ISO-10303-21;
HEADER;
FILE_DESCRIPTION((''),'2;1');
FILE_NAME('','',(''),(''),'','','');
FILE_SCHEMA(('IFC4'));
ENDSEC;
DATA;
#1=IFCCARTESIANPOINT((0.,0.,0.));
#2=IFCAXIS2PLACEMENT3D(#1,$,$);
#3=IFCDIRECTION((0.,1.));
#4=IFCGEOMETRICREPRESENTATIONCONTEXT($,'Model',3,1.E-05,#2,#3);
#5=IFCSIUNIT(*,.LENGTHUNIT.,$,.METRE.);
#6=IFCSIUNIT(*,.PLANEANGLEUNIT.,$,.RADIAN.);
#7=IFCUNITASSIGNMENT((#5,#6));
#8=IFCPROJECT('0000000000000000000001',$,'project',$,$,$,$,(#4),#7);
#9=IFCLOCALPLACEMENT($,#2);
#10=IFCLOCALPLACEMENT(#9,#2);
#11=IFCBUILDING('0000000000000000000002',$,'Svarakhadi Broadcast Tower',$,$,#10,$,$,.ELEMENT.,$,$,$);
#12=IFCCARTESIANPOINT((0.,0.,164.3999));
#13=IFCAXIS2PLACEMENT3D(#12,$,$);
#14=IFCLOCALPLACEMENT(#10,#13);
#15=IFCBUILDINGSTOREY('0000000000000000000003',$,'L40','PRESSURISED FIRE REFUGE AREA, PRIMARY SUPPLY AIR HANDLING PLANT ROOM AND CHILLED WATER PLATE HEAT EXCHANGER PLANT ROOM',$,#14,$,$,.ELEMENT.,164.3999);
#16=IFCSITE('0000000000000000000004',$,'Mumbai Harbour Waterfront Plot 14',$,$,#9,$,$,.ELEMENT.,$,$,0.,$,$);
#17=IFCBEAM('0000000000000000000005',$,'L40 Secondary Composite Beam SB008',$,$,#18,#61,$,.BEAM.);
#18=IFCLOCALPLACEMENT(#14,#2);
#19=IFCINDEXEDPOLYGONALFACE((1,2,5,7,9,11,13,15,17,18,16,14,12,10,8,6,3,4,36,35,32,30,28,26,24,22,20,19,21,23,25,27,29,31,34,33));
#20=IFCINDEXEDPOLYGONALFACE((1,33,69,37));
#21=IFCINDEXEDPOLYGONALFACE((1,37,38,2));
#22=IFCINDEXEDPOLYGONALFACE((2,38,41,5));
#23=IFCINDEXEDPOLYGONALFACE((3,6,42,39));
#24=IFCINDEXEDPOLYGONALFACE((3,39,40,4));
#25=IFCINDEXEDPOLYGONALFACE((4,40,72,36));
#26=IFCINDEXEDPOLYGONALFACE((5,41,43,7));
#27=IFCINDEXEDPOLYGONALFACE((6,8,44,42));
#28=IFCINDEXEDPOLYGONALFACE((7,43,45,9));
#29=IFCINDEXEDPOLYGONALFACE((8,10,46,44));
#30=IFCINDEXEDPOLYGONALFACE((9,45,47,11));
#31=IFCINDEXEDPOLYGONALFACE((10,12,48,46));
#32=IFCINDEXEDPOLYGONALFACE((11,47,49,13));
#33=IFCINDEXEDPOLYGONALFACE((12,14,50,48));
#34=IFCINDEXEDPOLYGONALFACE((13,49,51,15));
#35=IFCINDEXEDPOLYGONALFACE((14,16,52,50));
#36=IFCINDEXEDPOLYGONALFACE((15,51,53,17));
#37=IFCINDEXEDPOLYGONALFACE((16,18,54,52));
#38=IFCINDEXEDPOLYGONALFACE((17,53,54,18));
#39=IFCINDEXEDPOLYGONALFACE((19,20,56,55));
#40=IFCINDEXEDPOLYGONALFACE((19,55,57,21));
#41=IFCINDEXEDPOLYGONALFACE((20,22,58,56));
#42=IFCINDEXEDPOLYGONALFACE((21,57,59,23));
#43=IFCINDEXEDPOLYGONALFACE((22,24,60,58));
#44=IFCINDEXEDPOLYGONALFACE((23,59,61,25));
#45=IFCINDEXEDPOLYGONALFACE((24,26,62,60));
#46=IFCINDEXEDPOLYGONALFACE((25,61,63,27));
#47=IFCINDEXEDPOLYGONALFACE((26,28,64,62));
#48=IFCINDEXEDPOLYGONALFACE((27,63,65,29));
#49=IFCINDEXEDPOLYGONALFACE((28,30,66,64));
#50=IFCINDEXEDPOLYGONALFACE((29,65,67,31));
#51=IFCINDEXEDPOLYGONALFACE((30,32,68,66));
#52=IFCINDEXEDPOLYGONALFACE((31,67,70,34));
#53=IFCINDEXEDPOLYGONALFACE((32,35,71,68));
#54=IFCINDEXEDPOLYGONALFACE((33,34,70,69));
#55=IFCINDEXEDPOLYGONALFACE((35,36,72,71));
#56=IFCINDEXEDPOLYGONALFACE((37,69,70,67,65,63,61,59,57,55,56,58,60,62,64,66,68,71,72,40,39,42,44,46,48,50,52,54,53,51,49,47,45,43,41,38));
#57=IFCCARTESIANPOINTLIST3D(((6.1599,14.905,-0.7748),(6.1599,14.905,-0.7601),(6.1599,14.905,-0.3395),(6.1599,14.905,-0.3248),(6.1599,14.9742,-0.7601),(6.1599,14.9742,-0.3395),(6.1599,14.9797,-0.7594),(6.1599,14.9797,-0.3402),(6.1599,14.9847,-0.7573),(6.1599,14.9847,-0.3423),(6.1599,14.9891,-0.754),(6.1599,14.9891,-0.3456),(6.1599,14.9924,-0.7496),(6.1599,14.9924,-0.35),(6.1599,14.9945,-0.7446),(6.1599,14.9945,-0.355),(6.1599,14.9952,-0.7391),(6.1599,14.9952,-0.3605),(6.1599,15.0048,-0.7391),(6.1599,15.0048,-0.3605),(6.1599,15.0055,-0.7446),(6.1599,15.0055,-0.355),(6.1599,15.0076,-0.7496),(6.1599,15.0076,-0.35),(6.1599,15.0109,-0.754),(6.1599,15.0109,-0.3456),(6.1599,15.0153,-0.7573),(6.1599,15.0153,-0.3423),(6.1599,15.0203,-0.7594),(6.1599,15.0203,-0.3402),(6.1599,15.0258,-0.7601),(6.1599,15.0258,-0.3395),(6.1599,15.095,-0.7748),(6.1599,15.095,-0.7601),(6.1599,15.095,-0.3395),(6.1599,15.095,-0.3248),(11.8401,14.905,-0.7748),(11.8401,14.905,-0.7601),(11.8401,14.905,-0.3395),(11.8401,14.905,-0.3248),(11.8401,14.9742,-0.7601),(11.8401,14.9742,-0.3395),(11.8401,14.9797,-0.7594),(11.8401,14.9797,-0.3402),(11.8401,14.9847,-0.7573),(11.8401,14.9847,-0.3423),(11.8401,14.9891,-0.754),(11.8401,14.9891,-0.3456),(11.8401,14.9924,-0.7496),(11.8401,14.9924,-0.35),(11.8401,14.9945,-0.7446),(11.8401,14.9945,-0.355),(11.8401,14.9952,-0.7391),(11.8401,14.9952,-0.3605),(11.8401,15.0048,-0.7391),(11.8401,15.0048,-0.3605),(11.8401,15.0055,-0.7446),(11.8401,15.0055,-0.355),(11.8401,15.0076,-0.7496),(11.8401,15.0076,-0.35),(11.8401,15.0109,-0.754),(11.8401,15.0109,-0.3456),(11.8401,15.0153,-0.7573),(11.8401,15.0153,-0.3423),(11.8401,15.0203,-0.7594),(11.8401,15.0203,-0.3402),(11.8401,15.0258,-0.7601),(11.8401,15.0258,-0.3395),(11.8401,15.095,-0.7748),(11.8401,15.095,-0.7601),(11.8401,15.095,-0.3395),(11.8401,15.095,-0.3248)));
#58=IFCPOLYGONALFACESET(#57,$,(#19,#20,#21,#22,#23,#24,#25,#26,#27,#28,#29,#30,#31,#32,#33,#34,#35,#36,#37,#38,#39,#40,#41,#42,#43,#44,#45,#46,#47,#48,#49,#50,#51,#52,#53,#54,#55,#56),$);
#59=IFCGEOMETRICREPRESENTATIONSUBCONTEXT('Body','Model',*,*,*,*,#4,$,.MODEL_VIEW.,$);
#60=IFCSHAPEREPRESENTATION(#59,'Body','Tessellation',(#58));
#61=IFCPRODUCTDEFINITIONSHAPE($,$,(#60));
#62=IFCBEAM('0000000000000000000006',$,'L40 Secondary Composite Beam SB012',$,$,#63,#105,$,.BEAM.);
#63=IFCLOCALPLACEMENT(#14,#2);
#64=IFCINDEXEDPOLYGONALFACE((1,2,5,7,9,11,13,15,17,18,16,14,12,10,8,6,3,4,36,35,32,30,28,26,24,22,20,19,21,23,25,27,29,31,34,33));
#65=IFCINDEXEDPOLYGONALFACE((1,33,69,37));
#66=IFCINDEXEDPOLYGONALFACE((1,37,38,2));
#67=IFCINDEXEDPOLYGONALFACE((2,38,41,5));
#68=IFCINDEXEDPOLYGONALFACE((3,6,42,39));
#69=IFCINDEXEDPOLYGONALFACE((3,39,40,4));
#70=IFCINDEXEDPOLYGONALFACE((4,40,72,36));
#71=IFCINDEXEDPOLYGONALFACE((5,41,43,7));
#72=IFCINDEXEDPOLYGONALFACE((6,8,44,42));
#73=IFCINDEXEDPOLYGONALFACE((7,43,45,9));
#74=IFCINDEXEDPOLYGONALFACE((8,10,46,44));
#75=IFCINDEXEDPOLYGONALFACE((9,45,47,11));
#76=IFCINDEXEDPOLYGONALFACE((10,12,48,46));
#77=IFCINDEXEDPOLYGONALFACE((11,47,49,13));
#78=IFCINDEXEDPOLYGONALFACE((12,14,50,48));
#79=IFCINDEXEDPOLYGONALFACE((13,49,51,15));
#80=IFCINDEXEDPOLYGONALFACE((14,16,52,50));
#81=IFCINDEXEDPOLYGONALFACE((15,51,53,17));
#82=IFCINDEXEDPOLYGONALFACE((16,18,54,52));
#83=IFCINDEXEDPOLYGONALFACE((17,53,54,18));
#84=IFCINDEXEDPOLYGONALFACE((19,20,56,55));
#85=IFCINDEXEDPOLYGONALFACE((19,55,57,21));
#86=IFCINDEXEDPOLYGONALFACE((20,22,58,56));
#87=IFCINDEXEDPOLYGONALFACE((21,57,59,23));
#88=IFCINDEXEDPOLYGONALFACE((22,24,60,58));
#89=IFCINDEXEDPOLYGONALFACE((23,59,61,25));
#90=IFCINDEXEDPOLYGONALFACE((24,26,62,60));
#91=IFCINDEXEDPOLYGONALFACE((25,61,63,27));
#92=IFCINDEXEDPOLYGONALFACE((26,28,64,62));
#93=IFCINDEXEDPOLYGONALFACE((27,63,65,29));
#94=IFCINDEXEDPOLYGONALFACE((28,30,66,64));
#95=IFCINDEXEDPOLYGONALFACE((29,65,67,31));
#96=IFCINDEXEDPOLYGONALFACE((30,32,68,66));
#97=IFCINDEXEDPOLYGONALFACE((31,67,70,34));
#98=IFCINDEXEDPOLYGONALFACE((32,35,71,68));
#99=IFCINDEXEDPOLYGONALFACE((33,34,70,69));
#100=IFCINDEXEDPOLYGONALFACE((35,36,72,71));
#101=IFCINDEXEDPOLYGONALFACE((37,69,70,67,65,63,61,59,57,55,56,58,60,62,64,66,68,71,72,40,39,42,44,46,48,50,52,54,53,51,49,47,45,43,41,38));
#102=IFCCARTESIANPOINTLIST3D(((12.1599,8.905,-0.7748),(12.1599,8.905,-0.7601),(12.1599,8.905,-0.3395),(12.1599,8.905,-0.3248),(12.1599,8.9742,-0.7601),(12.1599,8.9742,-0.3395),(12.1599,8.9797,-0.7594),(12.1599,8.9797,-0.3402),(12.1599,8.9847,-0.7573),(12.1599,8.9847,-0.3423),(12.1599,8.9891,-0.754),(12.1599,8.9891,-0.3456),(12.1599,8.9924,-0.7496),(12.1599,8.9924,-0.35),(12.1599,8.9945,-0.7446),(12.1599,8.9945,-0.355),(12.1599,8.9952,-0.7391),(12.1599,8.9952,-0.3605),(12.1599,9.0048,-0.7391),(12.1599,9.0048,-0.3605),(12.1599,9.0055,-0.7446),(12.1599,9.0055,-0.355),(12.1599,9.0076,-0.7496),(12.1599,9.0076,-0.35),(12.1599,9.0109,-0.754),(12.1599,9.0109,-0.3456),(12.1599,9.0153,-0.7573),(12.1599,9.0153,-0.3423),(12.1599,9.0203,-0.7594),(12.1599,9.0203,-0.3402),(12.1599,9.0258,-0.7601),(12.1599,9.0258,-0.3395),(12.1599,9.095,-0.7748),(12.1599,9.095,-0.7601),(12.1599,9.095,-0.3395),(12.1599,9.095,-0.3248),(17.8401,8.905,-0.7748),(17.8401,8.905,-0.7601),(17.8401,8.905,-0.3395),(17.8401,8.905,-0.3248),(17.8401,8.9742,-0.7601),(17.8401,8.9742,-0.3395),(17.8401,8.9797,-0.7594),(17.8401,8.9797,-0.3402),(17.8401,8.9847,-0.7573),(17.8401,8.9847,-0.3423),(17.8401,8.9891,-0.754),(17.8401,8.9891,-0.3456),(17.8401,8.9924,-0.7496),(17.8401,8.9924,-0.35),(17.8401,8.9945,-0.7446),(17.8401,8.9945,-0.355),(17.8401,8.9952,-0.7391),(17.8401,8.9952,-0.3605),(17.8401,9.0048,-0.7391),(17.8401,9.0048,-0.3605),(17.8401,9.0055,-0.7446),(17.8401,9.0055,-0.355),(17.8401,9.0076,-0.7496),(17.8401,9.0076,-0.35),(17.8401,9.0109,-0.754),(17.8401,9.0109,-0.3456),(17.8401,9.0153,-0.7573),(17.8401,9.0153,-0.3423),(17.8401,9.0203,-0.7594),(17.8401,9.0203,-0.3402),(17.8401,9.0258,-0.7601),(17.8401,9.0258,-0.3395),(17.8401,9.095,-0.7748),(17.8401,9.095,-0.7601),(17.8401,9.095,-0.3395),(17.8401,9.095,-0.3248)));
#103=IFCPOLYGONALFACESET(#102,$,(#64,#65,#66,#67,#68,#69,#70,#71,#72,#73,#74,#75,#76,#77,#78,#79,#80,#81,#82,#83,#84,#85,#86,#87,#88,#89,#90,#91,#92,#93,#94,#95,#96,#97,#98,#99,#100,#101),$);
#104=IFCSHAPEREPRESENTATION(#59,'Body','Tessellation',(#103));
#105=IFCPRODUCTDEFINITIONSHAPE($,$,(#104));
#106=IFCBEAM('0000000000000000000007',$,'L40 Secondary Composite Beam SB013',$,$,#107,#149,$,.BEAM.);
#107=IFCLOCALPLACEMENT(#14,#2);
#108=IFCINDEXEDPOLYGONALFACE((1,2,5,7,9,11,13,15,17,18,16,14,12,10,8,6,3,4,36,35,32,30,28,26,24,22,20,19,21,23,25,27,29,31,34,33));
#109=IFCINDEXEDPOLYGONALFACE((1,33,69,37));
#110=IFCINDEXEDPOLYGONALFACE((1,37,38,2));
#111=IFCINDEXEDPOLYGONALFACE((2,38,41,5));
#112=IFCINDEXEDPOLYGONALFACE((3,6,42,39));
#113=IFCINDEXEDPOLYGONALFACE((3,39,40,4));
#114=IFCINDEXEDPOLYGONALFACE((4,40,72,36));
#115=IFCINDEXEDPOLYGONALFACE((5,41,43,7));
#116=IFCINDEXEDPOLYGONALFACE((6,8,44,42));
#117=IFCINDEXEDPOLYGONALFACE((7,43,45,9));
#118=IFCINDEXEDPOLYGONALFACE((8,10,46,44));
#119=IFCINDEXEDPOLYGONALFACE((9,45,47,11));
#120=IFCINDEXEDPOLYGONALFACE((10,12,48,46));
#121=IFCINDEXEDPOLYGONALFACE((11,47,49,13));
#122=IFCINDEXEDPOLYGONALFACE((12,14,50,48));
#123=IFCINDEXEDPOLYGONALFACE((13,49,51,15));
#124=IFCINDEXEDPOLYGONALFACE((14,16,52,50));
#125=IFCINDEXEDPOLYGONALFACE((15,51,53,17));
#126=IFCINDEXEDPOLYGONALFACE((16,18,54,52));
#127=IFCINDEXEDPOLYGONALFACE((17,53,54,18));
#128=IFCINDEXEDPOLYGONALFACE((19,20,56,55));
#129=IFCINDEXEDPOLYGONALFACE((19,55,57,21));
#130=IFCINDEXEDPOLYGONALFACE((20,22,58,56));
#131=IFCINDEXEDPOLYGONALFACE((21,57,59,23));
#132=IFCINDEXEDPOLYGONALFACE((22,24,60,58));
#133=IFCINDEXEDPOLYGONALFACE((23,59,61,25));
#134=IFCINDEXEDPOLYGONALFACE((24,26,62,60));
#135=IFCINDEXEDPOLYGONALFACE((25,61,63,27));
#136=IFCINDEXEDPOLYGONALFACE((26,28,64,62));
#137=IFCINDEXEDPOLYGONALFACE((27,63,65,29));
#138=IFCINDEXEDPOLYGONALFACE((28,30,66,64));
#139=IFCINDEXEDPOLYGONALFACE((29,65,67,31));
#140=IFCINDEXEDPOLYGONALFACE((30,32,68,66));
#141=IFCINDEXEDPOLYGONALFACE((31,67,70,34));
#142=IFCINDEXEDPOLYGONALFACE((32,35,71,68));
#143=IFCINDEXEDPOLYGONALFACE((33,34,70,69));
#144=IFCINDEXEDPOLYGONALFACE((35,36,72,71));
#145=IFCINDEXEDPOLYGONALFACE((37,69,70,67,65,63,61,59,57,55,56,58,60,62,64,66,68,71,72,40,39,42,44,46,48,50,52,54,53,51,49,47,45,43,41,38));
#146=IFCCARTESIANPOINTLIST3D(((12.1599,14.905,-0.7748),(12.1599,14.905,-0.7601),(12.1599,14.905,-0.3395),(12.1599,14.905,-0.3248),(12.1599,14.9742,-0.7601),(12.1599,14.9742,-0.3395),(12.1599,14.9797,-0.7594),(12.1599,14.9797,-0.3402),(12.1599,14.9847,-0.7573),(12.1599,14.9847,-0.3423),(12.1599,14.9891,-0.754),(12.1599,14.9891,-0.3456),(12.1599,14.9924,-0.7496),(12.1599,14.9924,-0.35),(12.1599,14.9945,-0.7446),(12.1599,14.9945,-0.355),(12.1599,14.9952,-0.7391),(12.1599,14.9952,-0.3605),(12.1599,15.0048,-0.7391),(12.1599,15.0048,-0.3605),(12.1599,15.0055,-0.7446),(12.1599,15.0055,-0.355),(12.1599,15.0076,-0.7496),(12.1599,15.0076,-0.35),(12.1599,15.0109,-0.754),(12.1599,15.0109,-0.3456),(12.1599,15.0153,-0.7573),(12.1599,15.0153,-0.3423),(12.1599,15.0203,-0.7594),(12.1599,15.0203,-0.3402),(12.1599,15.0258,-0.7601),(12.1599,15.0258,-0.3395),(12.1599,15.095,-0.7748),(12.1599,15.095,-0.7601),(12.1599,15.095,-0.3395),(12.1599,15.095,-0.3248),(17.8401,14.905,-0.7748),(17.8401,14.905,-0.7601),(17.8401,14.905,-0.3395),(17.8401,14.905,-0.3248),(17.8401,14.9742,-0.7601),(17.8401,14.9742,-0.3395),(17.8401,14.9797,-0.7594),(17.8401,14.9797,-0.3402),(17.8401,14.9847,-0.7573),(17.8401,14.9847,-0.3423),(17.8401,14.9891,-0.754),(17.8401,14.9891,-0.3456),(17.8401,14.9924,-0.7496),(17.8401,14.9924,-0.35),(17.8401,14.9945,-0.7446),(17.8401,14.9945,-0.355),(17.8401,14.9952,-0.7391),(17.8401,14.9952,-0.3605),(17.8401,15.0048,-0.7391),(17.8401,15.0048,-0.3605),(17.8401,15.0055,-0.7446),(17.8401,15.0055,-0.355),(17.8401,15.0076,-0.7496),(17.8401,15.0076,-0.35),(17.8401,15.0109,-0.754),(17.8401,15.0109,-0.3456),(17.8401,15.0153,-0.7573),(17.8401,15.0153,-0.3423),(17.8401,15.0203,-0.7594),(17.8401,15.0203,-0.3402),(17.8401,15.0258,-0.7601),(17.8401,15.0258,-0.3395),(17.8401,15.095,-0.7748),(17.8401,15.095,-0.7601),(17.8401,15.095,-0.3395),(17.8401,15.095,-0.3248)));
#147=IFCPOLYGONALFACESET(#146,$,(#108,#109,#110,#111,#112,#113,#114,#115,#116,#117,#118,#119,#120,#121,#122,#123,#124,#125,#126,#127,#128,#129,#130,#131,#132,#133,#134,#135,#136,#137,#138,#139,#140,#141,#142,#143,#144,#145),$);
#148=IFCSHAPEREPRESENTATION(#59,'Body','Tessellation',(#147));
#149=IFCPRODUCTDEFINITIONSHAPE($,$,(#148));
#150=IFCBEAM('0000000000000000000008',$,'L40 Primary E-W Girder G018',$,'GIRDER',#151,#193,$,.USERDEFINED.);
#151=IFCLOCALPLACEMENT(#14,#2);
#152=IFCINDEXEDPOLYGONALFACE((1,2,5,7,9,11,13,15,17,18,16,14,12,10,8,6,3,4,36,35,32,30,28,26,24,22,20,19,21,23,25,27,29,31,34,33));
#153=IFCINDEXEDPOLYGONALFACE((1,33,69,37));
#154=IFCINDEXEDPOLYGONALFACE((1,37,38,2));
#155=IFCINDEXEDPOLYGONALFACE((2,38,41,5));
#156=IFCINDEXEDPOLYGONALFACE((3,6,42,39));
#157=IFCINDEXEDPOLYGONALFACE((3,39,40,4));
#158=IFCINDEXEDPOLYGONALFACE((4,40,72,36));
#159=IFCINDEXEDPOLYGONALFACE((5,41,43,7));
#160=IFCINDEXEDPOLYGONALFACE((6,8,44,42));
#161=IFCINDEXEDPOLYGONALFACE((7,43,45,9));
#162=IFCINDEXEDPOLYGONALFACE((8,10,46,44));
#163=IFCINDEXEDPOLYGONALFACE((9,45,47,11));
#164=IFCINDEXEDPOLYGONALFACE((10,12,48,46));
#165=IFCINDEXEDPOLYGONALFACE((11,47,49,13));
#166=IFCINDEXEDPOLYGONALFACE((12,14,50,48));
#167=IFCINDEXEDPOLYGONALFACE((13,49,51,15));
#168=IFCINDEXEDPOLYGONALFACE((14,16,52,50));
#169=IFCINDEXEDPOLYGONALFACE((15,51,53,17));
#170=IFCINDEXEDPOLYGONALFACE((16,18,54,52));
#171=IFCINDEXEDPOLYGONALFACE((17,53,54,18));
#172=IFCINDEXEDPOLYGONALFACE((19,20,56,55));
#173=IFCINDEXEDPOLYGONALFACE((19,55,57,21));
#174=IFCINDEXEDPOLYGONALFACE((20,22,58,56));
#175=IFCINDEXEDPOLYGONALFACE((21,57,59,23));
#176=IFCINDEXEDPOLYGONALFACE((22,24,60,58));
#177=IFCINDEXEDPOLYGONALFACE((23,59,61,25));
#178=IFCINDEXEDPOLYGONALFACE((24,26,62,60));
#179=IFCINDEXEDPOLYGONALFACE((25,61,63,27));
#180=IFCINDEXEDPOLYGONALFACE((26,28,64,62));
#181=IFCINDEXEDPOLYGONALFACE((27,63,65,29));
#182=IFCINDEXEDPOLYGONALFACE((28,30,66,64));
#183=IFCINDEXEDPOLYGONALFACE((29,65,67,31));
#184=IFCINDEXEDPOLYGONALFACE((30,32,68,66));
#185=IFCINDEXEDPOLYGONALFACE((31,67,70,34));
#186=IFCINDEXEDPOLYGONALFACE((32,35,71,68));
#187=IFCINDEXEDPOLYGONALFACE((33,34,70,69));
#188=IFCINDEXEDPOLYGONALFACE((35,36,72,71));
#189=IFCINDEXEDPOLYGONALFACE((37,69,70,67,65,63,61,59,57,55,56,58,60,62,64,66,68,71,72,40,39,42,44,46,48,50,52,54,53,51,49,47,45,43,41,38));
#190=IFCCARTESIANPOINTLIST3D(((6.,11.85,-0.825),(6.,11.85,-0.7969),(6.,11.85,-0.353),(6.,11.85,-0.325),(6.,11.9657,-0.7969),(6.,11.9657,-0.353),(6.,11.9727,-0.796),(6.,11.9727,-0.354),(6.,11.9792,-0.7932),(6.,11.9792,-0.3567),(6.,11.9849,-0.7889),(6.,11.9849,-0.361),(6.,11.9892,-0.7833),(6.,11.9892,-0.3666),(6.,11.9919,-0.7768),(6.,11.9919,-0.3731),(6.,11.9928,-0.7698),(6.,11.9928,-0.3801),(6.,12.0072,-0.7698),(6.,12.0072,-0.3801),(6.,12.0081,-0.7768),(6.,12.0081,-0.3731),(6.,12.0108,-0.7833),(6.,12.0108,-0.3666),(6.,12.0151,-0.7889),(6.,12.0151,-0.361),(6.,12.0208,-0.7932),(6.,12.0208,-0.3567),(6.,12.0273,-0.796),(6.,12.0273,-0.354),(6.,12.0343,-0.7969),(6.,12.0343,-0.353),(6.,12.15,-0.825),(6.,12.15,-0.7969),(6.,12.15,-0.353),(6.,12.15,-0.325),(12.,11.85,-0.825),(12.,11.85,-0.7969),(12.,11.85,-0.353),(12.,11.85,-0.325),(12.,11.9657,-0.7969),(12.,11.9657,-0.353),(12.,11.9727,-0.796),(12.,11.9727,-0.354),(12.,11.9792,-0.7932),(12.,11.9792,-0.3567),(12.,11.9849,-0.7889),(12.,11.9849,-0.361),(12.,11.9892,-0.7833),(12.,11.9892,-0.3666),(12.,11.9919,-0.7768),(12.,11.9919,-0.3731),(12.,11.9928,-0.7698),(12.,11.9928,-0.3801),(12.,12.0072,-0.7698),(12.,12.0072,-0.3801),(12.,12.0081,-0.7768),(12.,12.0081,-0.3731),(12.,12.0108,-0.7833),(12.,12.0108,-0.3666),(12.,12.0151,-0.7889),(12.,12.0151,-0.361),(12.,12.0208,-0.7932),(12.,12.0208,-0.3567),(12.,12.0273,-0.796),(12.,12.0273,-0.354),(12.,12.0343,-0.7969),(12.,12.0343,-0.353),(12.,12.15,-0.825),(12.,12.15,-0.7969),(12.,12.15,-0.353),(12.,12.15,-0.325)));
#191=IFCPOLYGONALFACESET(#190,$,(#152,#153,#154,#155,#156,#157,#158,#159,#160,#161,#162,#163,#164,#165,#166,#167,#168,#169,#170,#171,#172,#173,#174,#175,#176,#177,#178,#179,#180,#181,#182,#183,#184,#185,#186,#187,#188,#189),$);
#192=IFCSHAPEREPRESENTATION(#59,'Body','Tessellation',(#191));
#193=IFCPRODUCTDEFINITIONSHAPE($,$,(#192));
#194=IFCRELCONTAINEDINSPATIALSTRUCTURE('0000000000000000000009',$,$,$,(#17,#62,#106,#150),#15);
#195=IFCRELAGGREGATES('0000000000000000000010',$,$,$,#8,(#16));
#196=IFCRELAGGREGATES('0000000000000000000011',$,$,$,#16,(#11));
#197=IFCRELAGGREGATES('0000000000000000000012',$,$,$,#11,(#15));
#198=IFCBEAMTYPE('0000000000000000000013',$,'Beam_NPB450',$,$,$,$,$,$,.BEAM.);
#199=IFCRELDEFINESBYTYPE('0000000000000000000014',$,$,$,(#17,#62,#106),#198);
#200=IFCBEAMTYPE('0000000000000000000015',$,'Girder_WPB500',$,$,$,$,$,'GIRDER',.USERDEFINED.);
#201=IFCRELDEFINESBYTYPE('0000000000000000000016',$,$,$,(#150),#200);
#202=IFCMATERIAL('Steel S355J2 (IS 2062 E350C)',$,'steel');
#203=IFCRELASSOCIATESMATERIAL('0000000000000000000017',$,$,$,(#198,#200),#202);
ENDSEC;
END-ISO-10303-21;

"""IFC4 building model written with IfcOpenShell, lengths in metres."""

from ifc_helpers import new_model, si_unit, direction, frame, origin, origin_2d, place, context, subcontext, project, spatial, i_section, extrude, material, material_profile, profile_set, type_object, element, save


model = new_model("IFC4")

# Units and contexts
model_context = context("Model", 3, precision=1e-05, world=origin(), true_north=direction((0.0, 1.0)))
body_context = subcontext(model_context, "Body", "Model", "MODEL_VIEW")
ifc_project = project(units=[si_unit("LENGTHUNIT", "METRE"), si_unit("PLANEANGLEUNIT", "RADIAN")], contexts=[model_context])

# Site, building, storey
site_placement = place(None, origin())
site = spatial("IfcSite", under=ifc_project, at=site_placement, Name="Mumbai Harbour Waterfront Plot 14", CompositionType="ELEMENT", RefElevation=0.0)
building_placement = place(site_placement, origin())
building = spatial("IfcBuilding", under=site, at=building_placement, Name="Svarakhadi Broadcast Tower", CompositionType="ELEMENT")
storey_placement = place(building_placement, frame((0.0, 0.0, 164.3999)))
storey = spatial("IfcBuildingStorey", under=building, at=storey_placement, Name="L40", Description="PRESSURISED FIRE REFUGE AREA, PRIMARY SUPPLY AIR HANDLING PLANT ROOM AND CHILLED WATER PLATE HEAT EXCHANGER PLANT ROOM", CompositionType="ELEMENT", Elevation=164.3999)

# Beams
ifc_material_1 = material(Name="Steel S355J2 (IS 2062 E350C)", Category="steel")
ifc_material_profile_1 = material_profile(ifc_material_1, i_section(OverallWidth=0.1899, OverallDepth=0.45, WebThickness=0.0095, FlangeThickness=0.0146, FilletRadius=0.021, at=origin_2d()), Name="NPB 450x190x78")
ifc_profile_set_1 = profile_set([ifc_material_profile_1], Name="Steel S355J2 (IS 2062 E350C)")
beam_type_1 = type_object("IfcBeamType", Name="Beam_NPB450", PredefinedType="BEAM", material=ifc_profile_set_1)
for number, where, z_axis, x_axis, name in (
    (1, (6.1599, 15.0, -0.5498), (1.0, 0.0, 0.0), (0.0, 1.0, 0.0), "L40 Secondary Composite Beam SB008"),
    (2, (12.1599, 9.0, -0.5498), (1.0, 0.0, 0.0), (0.0, 1.0, 0.0), "L40 Secondary Composite Beam SB012"),
    (3, (12.1599, 15.0, -0.5498), (1.0, 0.0, 0.0), (0.0, 1.0, 0.0), "L40 Secondary Composite Beam SB013"),
):
    element("IfcBeam", number, at=place(storey_placement, frame(where, z_axis=z_axis, x_axis=x_axis)), inside=storey, type_object=beam_type_1, Name=name, PredefinedType="BEAM", context=body_context, shape_type="SweptSolid", body=[
        extrude(i_section(OverallWidth=0.1899, OverallDepth=0.45, WebThickness=0.0095, FlangeThickness=0.0146, FilletRadius=0.021, at=origin_2d()), origin(), (0.0, 0.0, 1.0), 5.6802),
    ])
ifc_material_profile_2 = material_profile(ifc_material_1, i_section(OverallWidth=0.3, OverallDepth=0.5, WebThickness=0.0144, FlangeThickness=0.0281, FilletRadius=0.0271, at=origin_2d()), Name="WPB 500x300x187")
ifc_profile_set_2 = profile_set([ifc_material_profile_2], Name="Steel S355J2 (IS 2062 E350C)")
beam_type_2 = type_object("IfcBeamType", Name="Girder_WPB500", ElementType="GIRDER", PredefinedType="USERDEFINED", material=ifc_profile_set_2)
for number, where, z_axis, x_axis, name in (
    (4, (6.0, 12.0, -0.575), (1.0, 0.0, 0.0), (0.0, 1.0, 0.0), "L40 Primary E-W Girder G018"),
):
    element("IfcBeam", number, at=place(storey_placement, frame(where, z_axis=z_axis, x_axis=x_axis)), inside=storey, type_object=beam_type_2, Name=name, ObjectType="GIRDER", PredefinedType="USERDEFINED", context=body_context, shape_type="SweptSolid", body=[
        extrude(i_section(OverallWidth=0.3, OverallDepth=0.5, WebThickness=0.0144, FlangeThickness=0.0281, FilletRadius=0.0271, at=origin_2d()), origin(), (0.0, 0.0, 1.0), 6.0),
    ])

save(model, "model.ifc")
